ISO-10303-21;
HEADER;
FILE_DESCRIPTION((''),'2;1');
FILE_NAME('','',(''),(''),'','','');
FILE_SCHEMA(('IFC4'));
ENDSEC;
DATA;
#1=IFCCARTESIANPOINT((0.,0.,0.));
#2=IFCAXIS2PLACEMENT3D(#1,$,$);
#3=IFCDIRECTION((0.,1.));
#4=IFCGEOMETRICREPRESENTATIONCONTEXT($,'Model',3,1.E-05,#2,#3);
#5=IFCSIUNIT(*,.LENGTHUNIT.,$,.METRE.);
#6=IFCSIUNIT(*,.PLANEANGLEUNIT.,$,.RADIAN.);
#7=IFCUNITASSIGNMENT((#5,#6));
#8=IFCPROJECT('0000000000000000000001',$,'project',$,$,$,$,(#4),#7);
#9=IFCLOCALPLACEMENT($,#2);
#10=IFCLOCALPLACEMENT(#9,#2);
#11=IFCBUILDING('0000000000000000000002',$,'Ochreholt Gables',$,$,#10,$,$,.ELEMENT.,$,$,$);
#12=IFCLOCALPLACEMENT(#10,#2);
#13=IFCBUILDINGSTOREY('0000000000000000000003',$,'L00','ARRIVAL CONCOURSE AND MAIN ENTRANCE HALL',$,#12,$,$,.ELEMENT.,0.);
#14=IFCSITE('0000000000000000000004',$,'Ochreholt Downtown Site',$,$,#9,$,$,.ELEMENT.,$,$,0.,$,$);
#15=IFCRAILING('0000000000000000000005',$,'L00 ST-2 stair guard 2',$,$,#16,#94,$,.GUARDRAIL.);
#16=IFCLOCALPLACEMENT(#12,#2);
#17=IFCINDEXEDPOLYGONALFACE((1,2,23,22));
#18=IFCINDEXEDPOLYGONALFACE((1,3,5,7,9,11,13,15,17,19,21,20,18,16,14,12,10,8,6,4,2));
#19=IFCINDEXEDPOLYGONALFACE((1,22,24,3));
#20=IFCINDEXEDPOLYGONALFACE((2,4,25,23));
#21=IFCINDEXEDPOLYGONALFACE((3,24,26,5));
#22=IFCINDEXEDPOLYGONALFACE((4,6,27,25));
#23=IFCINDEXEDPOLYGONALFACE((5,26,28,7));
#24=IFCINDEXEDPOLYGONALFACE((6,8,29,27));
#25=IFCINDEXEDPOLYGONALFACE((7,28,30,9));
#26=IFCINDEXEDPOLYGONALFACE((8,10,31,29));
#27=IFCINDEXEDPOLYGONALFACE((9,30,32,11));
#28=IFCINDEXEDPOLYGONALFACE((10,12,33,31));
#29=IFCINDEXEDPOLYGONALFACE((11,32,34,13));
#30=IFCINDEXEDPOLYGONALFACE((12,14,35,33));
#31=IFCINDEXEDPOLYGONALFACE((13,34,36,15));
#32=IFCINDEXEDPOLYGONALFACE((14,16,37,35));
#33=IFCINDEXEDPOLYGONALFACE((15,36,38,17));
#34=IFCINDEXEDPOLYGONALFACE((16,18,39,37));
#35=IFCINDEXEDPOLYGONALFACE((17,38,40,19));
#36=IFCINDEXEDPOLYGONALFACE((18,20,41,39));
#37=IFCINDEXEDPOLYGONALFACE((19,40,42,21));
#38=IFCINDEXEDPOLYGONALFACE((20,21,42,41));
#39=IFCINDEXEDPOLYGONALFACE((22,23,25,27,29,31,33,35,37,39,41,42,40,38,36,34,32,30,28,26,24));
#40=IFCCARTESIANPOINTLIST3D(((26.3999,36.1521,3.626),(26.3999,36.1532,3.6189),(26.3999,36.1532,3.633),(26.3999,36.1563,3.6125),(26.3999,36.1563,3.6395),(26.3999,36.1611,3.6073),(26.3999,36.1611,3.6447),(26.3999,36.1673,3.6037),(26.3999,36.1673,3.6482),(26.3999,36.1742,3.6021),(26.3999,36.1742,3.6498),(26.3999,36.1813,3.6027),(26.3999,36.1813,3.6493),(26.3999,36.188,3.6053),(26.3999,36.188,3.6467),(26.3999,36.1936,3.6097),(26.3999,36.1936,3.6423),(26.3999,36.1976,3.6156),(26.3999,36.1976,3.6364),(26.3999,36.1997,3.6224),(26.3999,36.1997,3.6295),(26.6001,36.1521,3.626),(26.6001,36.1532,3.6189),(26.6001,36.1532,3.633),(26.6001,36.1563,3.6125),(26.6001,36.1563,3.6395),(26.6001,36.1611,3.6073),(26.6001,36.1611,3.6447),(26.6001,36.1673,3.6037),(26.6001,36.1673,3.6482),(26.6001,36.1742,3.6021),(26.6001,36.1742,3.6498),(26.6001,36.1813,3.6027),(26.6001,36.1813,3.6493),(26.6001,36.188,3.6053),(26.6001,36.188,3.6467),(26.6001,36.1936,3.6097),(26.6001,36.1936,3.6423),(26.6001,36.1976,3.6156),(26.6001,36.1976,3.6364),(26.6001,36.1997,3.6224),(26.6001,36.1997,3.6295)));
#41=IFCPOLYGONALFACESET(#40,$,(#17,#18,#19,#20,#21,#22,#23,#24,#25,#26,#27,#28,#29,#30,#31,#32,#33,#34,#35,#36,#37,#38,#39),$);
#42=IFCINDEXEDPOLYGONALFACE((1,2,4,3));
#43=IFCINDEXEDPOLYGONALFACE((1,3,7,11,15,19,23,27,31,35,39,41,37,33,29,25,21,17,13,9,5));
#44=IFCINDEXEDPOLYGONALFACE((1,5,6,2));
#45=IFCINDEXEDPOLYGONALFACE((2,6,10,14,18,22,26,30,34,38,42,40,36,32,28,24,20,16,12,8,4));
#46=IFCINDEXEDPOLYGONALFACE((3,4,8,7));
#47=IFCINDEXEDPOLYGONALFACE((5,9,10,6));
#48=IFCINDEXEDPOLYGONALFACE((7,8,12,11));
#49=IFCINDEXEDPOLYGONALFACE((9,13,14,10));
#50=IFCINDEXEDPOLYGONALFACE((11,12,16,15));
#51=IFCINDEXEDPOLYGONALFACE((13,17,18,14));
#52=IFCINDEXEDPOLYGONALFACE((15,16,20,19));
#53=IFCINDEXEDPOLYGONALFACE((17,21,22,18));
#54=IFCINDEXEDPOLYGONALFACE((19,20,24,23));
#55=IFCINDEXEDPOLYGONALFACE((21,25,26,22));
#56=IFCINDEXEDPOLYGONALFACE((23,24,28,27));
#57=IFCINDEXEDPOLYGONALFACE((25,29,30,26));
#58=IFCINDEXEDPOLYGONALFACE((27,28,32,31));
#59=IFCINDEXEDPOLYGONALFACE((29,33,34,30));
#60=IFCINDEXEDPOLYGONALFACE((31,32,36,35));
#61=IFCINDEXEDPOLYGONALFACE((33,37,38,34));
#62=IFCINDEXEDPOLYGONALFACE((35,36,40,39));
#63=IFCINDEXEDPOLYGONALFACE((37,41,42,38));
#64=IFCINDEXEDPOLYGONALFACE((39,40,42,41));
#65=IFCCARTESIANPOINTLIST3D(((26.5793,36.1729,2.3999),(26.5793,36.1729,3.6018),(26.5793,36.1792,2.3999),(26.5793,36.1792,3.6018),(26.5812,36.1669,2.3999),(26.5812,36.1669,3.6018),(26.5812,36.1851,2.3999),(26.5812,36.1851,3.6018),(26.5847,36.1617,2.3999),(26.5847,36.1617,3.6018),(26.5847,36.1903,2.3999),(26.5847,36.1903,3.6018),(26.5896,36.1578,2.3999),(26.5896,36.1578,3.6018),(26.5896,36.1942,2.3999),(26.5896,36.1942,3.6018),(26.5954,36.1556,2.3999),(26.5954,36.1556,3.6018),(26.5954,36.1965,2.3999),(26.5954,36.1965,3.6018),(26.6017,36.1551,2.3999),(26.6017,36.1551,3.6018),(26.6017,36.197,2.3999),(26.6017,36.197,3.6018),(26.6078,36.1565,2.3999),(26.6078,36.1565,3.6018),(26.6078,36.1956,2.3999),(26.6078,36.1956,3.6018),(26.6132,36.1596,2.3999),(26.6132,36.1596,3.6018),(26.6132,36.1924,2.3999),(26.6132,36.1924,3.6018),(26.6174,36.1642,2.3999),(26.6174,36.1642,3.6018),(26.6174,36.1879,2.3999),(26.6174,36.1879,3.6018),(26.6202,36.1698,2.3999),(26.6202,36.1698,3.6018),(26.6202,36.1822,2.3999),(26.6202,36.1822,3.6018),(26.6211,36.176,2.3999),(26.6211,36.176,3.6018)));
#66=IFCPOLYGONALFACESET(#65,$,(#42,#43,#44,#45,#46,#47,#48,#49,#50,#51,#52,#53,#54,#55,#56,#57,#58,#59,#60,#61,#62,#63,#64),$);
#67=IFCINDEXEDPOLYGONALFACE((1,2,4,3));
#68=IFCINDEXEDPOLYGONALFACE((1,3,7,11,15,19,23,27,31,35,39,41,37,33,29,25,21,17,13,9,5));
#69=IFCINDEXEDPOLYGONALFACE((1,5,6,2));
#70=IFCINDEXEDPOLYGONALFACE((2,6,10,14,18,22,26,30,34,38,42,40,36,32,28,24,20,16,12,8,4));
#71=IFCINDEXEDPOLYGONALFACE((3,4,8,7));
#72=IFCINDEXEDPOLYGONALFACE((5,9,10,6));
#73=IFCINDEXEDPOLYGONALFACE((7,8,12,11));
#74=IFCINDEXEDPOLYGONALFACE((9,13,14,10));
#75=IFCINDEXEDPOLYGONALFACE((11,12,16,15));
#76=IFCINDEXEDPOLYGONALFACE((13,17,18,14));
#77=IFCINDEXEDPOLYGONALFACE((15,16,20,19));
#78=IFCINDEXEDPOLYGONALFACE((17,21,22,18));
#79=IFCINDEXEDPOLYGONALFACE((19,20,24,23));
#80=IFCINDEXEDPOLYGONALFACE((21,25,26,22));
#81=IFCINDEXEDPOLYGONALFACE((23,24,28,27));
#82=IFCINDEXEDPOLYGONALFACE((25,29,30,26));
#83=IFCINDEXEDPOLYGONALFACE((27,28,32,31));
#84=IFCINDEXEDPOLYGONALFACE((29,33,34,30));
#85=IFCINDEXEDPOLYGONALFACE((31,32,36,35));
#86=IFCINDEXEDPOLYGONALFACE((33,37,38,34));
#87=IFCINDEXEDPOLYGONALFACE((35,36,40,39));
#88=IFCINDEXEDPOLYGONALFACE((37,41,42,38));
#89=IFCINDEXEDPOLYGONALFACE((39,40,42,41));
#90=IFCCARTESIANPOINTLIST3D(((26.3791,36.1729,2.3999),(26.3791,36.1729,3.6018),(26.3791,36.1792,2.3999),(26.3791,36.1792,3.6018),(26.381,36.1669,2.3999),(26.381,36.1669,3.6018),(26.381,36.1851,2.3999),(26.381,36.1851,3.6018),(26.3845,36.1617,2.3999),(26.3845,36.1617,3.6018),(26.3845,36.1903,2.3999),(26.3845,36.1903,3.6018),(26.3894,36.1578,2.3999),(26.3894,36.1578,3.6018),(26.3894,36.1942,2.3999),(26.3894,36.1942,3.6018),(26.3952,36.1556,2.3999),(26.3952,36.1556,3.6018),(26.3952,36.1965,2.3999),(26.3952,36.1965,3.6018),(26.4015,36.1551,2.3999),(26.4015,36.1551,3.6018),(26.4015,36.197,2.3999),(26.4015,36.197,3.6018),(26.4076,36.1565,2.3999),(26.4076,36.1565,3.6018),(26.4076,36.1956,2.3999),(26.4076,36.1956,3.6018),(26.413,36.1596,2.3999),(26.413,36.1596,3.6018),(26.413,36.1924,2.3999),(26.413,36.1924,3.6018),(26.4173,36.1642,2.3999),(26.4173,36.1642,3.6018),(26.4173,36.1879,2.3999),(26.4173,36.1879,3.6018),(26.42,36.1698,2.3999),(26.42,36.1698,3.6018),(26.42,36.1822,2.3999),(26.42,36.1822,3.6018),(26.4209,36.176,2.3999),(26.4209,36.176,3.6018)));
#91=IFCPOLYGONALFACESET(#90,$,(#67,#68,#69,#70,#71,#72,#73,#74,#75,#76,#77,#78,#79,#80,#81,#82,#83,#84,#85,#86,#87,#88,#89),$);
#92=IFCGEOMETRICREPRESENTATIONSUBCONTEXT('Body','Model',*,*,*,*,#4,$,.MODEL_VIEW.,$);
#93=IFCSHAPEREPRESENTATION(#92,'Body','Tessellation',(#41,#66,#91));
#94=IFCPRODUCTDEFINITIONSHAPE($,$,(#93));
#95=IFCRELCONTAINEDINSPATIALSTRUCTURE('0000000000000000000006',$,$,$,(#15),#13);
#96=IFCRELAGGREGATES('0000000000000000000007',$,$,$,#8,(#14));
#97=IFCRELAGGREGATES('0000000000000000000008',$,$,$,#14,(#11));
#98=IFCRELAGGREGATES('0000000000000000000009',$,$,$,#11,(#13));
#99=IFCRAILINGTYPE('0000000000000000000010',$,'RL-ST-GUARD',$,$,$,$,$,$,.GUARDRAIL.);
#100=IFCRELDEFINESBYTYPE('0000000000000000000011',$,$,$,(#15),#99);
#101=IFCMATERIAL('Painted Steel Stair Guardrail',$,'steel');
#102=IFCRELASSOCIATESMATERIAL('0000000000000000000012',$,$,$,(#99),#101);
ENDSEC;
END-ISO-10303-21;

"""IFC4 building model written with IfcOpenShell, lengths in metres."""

from ifc_helpers import new_model, si_unit, direction, frame, origin, origin_2d, place, context, subcontext, project, spatial, circle, extrude, material, type_object, element, save


model = new_model("IFC4")

# Units and contexts
model_context = context("Model", 3, precision=1e-05, world=origin(), true_north=direction((0.0, 1.0)))
body_context = subcontext(model_context, "Body", "Model", "MODEL_VIEW")
ifc_project = project(units=[si_unit("LENGTHUNIT", "METRE"), si_unit("PLANEANGLEUNIT", "RADIAN")], contexts=[model_context])

# Site, building, storey
site_placement = place(None, origin())
site = spatial("IfcSite", under=ifc_project, at=site_placement, Name="Ochreholt Downtown Site", CompositionType="ELEMENT", RefElevation=0.0)
building_placement = place(site_placement, origin())
building = spatial("IfcBuilding", under=site, at=building_placement, Name="Ochreholt Gables", CompositionType="ELEMENT")
storey_placement = place(building_placement, origin())
storey = spatial("IfcBuildingStorey", under=building, at=storey_placement, Name="L00", Description="ARRIVAL CONCOURSE AND MAIN ENTRANCE HALL", CompositionType="ELEMENT", Elevation=0.0)

# Railing
ifc_material_1 = material(Name="Painted Steel Stair Guardrail", Category="steel")
railing_type_1 = type_object("IfcRailingType", Name="RL-ST-GUARD", PredefinedType="GUARDRAIL", material=ifc_material_1)
railing_1_placement = place(storey_placement, frame((26.6001, 36.176, 2.3999)))
element("IfcRailing", 1, at=railing_1_placement, inside=storey, type_object=railing_type_1, Name="L00 ST-2 stair guard 2", PredefinedType="GUARDRAIL", context=body_context, shape_type="SweptSolid", body=[
    extrude(circle(Radius=0.0239, at=origin_2d()), frame((0.0, 0.0, 1.2261), z_axis=(-1.0, 0.0, 0.0), x_axis=(0.0, -1.0, 0.0)), (0.0, 0.0, 1.0), 0.2002),
    extrude(circle(Radius=0.021, at=origin_2d()), origin(), (0.0, 0.0, 1.0), 1.2019),
    extrude(circle(Radius=0.021, at=origin_2d()), frame((-0.2002, 0.0, 0.0)), (0.0, 0.0, 1.0), 1.2019),
])

save(model, "model.ifc")
